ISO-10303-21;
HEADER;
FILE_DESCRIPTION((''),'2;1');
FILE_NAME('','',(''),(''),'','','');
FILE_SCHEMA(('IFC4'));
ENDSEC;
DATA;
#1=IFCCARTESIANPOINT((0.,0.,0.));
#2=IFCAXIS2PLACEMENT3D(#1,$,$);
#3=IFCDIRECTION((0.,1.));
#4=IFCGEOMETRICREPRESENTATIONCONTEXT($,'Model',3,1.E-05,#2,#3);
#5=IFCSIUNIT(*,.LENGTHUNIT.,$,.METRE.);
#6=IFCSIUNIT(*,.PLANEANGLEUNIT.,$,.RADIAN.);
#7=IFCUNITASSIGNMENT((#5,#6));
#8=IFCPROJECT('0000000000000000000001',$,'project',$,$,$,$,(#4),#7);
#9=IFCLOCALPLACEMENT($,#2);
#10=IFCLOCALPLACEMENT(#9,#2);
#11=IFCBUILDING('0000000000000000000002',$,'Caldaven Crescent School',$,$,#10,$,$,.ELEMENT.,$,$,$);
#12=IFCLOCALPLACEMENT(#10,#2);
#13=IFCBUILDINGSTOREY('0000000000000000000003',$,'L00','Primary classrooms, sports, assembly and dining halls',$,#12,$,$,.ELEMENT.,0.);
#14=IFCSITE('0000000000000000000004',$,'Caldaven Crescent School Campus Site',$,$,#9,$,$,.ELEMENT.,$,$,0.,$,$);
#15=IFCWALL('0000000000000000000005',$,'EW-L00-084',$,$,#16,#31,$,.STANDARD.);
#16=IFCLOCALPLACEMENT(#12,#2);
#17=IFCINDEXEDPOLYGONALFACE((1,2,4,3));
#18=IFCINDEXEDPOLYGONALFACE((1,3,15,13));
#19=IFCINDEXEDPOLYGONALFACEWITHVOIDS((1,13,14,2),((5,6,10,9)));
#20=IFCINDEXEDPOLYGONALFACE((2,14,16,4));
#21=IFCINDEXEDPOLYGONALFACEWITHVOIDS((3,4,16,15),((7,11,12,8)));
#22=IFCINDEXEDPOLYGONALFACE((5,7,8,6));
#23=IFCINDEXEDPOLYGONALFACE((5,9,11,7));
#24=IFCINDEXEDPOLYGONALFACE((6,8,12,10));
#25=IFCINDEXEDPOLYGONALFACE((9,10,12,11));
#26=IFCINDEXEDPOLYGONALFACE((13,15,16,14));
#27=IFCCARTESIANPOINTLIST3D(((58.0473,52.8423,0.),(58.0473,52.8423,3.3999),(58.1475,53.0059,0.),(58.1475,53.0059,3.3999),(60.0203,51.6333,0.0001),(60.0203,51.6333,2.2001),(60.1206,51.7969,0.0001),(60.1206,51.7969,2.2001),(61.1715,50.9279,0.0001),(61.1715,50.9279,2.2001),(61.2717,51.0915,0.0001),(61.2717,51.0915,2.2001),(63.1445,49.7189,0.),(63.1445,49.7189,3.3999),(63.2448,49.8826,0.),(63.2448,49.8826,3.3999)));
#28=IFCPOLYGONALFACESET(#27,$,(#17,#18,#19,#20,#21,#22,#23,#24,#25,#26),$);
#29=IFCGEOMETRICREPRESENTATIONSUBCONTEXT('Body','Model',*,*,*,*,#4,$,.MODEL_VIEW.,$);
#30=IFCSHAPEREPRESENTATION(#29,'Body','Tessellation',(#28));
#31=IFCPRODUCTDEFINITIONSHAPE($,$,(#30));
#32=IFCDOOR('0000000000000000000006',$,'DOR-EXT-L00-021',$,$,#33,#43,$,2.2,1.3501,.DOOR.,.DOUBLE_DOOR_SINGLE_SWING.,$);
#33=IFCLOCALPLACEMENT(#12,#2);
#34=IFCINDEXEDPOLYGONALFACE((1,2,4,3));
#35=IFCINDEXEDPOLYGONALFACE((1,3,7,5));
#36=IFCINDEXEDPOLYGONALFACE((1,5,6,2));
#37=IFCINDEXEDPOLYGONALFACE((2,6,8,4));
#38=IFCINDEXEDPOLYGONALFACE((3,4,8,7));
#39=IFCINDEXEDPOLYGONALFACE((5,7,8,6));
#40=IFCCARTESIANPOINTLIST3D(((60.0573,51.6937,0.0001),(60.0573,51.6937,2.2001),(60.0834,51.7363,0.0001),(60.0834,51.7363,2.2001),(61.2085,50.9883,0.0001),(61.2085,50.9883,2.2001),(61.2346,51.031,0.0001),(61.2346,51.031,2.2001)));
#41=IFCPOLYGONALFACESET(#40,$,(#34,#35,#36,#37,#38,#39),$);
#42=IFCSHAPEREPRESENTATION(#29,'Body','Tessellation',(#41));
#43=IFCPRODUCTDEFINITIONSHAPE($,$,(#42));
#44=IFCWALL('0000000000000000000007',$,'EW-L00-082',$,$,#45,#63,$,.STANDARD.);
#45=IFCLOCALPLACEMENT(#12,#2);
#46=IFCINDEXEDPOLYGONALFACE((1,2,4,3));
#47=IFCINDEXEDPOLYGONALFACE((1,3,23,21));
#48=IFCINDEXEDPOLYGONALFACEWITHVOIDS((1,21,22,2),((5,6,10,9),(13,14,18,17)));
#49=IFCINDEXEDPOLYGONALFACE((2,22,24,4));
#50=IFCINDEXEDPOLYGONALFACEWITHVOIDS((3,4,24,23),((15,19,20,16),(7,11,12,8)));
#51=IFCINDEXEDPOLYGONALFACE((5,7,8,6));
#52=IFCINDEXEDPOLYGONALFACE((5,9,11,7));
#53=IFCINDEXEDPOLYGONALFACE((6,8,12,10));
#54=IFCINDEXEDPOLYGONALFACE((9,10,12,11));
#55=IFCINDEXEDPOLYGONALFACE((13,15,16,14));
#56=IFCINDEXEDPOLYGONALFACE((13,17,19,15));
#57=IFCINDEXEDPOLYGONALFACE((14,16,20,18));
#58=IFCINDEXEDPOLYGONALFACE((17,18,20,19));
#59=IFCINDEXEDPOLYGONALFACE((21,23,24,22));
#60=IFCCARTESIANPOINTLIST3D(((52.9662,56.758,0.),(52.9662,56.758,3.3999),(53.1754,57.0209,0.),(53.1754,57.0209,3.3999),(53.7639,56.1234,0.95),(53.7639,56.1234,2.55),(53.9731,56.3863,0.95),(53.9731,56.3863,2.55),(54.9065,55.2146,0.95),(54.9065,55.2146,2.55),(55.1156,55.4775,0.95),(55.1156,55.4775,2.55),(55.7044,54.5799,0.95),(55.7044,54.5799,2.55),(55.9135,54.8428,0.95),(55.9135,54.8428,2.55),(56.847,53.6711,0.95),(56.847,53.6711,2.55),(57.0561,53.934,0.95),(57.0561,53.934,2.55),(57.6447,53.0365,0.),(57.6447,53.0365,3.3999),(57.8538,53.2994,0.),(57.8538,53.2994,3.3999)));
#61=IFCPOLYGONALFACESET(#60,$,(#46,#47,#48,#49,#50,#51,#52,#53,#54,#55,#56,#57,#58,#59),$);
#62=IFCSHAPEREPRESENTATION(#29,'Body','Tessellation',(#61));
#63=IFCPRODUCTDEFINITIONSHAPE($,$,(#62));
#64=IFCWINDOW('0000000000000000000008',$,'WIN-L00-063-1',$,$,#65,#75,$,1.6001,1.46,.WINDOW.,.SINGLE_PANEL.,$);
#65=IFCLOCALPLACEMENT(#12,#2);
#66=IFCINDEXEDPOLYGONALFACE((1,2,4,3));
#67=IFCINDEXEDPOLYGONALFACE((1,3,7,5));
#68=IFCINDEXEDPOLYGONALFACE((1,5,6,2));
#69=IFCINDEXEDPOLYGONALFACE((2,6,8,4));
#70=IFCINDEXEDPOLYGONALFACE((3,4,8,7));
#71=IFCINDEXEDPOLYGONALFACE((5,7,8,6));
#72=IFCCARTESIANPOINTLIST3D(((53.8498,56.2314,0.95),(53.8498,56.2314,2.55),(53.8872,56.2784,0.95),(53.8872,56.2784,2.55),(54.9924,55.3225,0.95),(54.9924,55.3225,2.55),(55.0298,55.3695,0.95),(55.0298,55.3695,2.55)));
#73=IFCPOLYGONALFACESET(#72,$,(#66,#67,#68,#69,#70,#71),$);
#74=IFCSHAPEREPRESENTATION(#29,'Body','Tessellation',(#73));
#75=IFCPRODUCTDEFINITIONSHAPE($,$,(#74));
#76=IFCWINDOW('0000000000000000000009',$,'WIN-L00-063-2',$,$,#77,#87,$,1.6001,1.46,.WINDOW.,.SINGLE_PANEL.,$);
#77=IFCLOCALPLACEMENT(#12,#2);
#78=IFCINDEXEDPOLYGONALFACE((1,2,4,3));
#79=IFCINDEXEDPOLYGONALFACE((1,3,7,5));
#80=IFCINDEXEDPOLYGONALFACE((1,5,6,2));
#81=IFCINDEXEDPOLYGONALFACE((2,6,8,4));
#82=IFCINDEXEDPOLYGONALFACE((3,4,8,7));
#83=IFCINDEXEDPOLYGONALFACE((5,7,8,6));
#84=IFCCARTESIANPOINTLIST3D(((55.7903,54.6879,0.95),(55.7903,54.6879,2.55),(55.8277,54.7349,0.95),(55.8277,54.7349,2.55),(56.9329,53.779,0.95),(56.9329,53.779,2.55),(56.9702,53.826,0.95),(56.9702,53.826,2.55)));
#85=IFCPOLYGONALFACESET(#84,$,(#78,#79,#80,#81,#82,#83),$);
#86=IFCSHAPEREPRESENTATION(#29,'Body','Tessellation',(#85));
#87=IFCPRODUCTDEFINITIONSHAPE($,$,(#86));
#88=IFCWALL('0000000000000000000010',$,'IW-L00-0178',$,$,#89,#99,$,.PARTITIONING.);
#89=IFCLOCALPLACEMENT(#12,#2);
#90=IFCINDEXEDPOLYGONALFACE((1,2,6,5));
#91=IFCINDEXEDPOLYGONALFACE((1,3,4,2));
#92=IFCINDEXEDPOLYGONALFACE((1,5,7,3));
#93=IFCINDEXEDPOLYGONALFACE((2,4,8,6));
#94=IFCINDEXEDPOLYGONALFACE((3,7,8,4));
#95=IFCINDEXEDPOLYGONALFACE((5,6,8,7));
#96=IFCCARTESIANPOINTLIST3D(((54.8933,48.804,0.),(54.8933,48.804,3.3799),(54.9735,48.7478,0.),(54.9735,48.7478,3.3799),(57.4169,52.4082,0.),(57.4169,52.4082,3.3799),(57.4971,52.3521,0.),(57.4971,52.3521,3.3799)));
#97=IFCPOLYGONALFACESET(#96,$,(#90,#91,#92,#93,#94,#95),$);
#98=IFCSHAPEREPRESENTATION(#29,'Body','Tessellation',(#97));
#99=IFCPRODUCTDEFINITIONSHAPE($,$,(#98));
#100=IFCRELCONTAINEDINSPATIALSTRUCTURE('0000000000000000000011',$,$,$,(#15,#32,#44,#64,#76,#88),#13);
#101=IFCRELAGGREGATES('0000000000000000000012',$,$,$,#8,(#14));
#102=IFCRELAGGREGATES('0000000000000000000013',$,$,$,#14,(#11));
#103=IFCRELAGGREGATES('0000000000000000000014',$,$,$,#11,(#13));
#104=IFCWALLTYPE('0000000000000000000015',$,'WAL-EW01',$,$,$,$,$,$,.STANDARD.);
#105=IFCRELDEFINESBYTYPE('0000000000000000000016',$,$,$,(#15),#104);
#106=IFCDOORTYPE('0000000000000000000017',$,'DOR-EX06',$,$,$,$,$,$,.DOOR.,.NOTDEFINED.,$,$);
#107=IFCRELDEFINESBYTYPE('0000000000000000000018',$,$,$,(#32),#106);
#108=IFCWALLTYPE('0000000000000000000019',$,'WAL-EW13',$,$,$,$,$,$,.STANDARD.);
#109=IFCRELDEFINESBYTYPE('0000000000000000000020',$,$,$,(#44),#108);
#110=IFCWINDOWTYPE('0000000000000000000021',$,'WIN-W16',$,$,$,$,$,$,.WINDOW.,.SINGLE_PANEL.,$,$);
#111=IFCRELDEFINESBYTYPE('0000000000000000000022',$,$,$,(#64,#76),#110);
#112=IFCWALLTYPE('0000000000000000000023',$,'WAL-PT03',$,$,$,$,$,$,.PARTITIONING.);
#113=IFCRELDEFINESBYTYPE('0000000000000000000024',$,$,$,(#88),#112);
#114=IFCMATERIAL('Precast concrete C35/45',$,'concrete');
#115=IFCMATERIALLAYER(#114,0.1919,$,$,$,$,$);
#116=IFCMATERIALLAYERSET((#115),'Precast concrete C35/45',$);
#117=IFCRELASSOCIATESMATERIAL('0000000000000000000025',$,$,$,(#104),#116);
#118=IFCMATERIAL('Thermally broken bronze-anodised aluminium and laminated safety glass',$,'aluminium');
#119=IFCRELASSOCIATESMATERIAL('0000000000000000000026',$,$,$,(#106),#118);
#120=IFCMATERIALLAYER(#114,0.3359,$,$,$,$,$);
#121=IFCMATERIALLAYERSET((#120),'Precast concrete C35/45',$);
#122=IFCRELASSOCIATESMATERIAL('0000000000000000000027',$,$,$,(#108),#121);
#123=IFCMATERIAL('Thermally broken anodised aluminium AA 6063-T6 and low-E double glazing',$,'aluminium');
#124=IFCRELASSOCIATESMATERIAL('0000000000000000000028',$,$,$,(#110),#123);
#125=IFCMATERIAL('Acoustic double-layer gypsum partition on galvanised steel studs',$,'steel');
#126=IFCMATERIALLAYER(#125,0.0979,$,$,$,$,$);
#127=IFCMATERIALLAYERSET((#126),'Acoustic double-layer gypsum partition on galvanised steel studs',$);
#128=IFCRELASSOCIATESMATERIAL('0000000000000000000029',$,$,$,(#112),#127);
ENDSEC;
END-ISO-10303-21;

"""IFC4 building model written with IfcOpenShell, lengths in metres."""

from ifc_helpers import new_model, si_unit, direction, frame, frame_2d, origin, place, context, subcontext, project, spatial, rectangle, extrude, material, layer, layer_set, type_object, element, fill, save


model = new_model("IFC4")

# Units and contexts
model_context = context("Model", 3, precision=1e-05, world=origin(), true_north=direction((0.0, 1.0)))
body_context = subcontext(model_context, "Body", "Model", "MODEL_VIEW")
ifc_project = project(units=[si_unit("LENGTHUNIT", "METRE"), si_unit("PLANEANGLEUNIT", "RADIAN")], contexts=[model_context])

# Site, building, storey
site_placement = place(None, origin())
site = spatial("IfcSite", under=ifc_project, at=site_placement, Name="Caldaven Crescent School Campus Site", CompositionType="ELEMENT", RefElevation=0.0)
building_placement = place(site_placement, origin())
building = spatial("IfcBuilding", under=site, at=building_placement, Name="Caldaven Crescent School", CompositionType="ELEMENT")
storey_placement = place(building_placement, origin())
storey = spatial("IfcBuildingStorey", under=building, at=storey_placement, Name="L00", Description="Primary classrooms, sports, assembly and dining halls", CompositionType="ELEMENT", Elevation=0.0)

# Wall, opening, door
ifc_material_1 = material(Name="Precast concrete C35/45", Category="concrete")
ifc_layer_1 = layer(ifc_material_1, 0.1919)
ifc_layer_set_1 = layer_set([ifc_layer_1], Name="Precast concrete C35/45")
wall_type_1 = type_object("IfcWallType", Name="WAL-EW01", PredefinedType="STANDARD", material=ifc_layer_set_1)
wall_1_placement = place(storey_placement, frame((58.0974, 52.9241, 0.0), z_axis=(0.0, 0.0, 1.0), x_axis=(0.852659, -0.522467, 0.0)))
wall_1 = element("IfcWall", 1, at=wall_1_placement, inside=storey, type_object=wall_type_1, Name="EW-L00-084", PredefinedType="STANDARD", context=body_context, shape_type="SweptSolid", body=[
    extrude(rectangle(XDim=5.978, YDim=0.1919, at=frame_2d((2.989, 0.0))), origin(), (0.0, 0.0, 1.0), 3.3999),
])
opening_1_placement = place(wall_1_placement, frame((2.314, 0.0, 0.0)))
opening_1 = element("IfcOpeningElement", 2, at=opening_1_placement, cuts=wall_1, PredefinedType="OPENING", context=body_context, shape_type="SweptSolid", body=[
    extrude(rectangle(XDim=1.3501, YDim=2.2, at=frame_2d((0.675, 1.1001))), frame((0.0, 0.106, 0.0), z_axis=(0.0, -1.0, 0.0), x_axis=(1.0, 0.0, 0.0)), (0.0, 0.0, 1.0), 0.2119),
])
ifc_material_2 = material(Name="Thermally broken bronze-anodised aluminium and laminated safety glass", Category="aluminium")
door_type_1 = type_object("IfcDoorType", Name="DOR-EX06", OperationType="NOTDEFINED", PredefinedType="DOOR", material=ifc_material_2)
door_1_placement = place(opening_1_placement, origin())
door_1 = element("IfcDoor", 3, at=door_1_placement, inside=storey, type_object=door_type_1, Name="DOR-EXT-L00-021", OperationType="DOUBLE_DOOR_SINGLE_SWING", OverallHeight=2.2, OverallWidth=1.3501, PredefinedType="DOOR", context=body_context, shape_type="SweptSolid", body=[
    extrude(rectangle(XDim=1.3501, YDim=2.2, at=frame_2d((0.675, 1.1001))), frame((0.0, 0.0249, 0.0), z_axis=(0.0, -1.0, 0.0), x_axis=(1.0, 0.0, 0.0)), (0.0, 0.0, 1.0), 0.05),
])
fill(opening_1, door_1)

# Wall, openings, windows
ifc_layer_2 = layer(ifc_material_1, 0.3359)
ifc_layer_set_2 = layer_set([ifc_layer_2], Name="Precast concrete C35/45")
wall_type_2 = type_object("IfcWallType", Name="WAL-EW13", PredefinedType="STANDARD", material=ifc_layer_set_2)
wall_2_placement = place(storey_placement, frame((53.0708, 56.8894, 0.0), z_axis=(0.0, 0.0, 1.0), x_axis=(0.782607, -0.622516, 0.0)))
wall_2 = element("IfcWall", 4, at=wall_2_placement, inside=storey, type_object=wall_type_2, Name="EW-L00-082", PredefinedType="STANDARD", context=body_context, shape_type="SweptSolid", body=[
    extrude(rectangle(XDim=5.978, YDim=0.3359, at=frame_2d((2.989, 0.0))), origin(), (0.0, 0.0, 1.0), 3.3999),
])
opening_2_placement = place(wall_2_placement, frame((1.0193, 0.0, 0.95)))
opening_2 = element("IfcOpeningElement", 5, at=opening_2_placement, cuts=wall_2, PredefinedType="OPENING", context=body_context, shape_type="SweptSolid", body=[
    extrude(rectangle(XDim=1.46, YDim=1.6001, at=frame_2d((0.73, 0.8))), frame((0.0, 0.178, 0.0), z_axis=(0.0, -1.0, 0.0), x_axis=(1.0, 0.0, 0.0)), (0.0, 0.0, 1.0), 0.356),
])
opening_3_placement = place(wall_2_placement, frame((3.4988, 0.0, 0.95)))
opening_3 = element("IfcOpeningElement", 6, at=opening_3_placement, cuts=wall_2, PredefinedType="OPENING", context=body_context, shape_type="SweptSolid", body=[
    extrude(rectangle(XDim=1.46, YDim=1.6001, at=frame_2d((0.73, 0.8))), frame((0.0, 0.178, 0.0), z_axis=(0.0, -1.0, 0.0), x_axis=(1.0, 0.0, 0.0)), (0.0, 0.0, 1.0), 0.356),
])
ifc_material_3 = material(Name="Thermally broken anodised aluminium AA 6063-T6 and low-E double glazing", Category="aluminium")
window_type = type_object("IfcWindowType", Name="WIN-W16", PartitioningType="SINGLE_PANEL", PredefinedType="WINDOW", material=ifc_material_3)
window_1_placement = place(opening_2_placement, origin())
window_1 = element("IfcWindow", 7, at=window_1_placement, inside=storey, type_object=window_type, Name="WIN-L00-063-1", OverallHeight=1.6001, OverallWidth=1.46, PartitioningType="SINGLE_PANEL", PredefinedType="WINDOW", context=body_context, shape_type="SweptSolid", body=[
    extrude(rectangle(XDim=1.46, YDim=1.6001, at=frame_2d((0.73, 0.8))), frame((0.0, 0.03, 0.0), z_axis=(0.0, -1.0, 0.0), x_axis=(1.0, 0.0, 0.0)), (0.0, 0.0, 1.0), 0.0601),
])
fill(opening_2, window_1)
window_2_placement = place(opening_3_placement, origin())
window_2 = element("IfcWindow", 8, at=window_2_placement, inside=storey, type_object=window_type, Name="WIN-L00-063-2", OverallHeight=1.6001, OverallWidth=1.46, PartitioningType="SINGLE_PANEL", PredefinedType="WINDOW", context=body_context, shape_type="SweptSolid", body=[
    extrude(rectangle(XDim=1.46, YDim=1.6001, at=frame_2d((0.73, 0.8))), frame((0.0, 0.03, 0.0), z_axis=(0.0, -1.0, 0.0), x_axis=(1.0, 0.0, 0.0)), (0.0, 0.0, 1.0), 0.0601),
])
fill(opening_3, window_2)

# Wall
ifc_material_4 = material(Name="Acoustic double-layer gypsum partition on galvanised steel studs", Category="steel")
ifc_layer_3 = layer(ifc_material_4, 0.0979)
ifc_layer_set_3 = layer_set([ifc_layer_3], Name="Acoustic double-layer gypsum partition on galvanised steel studs")
wall_type_3 = type_object("IfcWallType", Name="WAL-PT03", PredefinedType="PARTITIONING", material=ifc_layer_set_3)
wall_3_placement = place(storey_placement, frame((57.457, 52.3801, 0.0), z_axis=(0.0, 0.0, 1.0), x_axis=(-0.57357, -0.819156, 0.0)))
element("IfcWall", 9, at=wall_3_placement, inside=storey, type_object=wall_type_3, Name="IW-L00-0178", PredefinedType="PARTITIONING", context=body_context, shape_type="SweptSolid", body=[
    extrude(rectangle(XDim=4.3999, YDim=0.0979, at=frame_2d((2.2, 0.0))), origin(), (0.0, 0.0, 1.0), 3.3799),
])

save(model, "model.ifc")
